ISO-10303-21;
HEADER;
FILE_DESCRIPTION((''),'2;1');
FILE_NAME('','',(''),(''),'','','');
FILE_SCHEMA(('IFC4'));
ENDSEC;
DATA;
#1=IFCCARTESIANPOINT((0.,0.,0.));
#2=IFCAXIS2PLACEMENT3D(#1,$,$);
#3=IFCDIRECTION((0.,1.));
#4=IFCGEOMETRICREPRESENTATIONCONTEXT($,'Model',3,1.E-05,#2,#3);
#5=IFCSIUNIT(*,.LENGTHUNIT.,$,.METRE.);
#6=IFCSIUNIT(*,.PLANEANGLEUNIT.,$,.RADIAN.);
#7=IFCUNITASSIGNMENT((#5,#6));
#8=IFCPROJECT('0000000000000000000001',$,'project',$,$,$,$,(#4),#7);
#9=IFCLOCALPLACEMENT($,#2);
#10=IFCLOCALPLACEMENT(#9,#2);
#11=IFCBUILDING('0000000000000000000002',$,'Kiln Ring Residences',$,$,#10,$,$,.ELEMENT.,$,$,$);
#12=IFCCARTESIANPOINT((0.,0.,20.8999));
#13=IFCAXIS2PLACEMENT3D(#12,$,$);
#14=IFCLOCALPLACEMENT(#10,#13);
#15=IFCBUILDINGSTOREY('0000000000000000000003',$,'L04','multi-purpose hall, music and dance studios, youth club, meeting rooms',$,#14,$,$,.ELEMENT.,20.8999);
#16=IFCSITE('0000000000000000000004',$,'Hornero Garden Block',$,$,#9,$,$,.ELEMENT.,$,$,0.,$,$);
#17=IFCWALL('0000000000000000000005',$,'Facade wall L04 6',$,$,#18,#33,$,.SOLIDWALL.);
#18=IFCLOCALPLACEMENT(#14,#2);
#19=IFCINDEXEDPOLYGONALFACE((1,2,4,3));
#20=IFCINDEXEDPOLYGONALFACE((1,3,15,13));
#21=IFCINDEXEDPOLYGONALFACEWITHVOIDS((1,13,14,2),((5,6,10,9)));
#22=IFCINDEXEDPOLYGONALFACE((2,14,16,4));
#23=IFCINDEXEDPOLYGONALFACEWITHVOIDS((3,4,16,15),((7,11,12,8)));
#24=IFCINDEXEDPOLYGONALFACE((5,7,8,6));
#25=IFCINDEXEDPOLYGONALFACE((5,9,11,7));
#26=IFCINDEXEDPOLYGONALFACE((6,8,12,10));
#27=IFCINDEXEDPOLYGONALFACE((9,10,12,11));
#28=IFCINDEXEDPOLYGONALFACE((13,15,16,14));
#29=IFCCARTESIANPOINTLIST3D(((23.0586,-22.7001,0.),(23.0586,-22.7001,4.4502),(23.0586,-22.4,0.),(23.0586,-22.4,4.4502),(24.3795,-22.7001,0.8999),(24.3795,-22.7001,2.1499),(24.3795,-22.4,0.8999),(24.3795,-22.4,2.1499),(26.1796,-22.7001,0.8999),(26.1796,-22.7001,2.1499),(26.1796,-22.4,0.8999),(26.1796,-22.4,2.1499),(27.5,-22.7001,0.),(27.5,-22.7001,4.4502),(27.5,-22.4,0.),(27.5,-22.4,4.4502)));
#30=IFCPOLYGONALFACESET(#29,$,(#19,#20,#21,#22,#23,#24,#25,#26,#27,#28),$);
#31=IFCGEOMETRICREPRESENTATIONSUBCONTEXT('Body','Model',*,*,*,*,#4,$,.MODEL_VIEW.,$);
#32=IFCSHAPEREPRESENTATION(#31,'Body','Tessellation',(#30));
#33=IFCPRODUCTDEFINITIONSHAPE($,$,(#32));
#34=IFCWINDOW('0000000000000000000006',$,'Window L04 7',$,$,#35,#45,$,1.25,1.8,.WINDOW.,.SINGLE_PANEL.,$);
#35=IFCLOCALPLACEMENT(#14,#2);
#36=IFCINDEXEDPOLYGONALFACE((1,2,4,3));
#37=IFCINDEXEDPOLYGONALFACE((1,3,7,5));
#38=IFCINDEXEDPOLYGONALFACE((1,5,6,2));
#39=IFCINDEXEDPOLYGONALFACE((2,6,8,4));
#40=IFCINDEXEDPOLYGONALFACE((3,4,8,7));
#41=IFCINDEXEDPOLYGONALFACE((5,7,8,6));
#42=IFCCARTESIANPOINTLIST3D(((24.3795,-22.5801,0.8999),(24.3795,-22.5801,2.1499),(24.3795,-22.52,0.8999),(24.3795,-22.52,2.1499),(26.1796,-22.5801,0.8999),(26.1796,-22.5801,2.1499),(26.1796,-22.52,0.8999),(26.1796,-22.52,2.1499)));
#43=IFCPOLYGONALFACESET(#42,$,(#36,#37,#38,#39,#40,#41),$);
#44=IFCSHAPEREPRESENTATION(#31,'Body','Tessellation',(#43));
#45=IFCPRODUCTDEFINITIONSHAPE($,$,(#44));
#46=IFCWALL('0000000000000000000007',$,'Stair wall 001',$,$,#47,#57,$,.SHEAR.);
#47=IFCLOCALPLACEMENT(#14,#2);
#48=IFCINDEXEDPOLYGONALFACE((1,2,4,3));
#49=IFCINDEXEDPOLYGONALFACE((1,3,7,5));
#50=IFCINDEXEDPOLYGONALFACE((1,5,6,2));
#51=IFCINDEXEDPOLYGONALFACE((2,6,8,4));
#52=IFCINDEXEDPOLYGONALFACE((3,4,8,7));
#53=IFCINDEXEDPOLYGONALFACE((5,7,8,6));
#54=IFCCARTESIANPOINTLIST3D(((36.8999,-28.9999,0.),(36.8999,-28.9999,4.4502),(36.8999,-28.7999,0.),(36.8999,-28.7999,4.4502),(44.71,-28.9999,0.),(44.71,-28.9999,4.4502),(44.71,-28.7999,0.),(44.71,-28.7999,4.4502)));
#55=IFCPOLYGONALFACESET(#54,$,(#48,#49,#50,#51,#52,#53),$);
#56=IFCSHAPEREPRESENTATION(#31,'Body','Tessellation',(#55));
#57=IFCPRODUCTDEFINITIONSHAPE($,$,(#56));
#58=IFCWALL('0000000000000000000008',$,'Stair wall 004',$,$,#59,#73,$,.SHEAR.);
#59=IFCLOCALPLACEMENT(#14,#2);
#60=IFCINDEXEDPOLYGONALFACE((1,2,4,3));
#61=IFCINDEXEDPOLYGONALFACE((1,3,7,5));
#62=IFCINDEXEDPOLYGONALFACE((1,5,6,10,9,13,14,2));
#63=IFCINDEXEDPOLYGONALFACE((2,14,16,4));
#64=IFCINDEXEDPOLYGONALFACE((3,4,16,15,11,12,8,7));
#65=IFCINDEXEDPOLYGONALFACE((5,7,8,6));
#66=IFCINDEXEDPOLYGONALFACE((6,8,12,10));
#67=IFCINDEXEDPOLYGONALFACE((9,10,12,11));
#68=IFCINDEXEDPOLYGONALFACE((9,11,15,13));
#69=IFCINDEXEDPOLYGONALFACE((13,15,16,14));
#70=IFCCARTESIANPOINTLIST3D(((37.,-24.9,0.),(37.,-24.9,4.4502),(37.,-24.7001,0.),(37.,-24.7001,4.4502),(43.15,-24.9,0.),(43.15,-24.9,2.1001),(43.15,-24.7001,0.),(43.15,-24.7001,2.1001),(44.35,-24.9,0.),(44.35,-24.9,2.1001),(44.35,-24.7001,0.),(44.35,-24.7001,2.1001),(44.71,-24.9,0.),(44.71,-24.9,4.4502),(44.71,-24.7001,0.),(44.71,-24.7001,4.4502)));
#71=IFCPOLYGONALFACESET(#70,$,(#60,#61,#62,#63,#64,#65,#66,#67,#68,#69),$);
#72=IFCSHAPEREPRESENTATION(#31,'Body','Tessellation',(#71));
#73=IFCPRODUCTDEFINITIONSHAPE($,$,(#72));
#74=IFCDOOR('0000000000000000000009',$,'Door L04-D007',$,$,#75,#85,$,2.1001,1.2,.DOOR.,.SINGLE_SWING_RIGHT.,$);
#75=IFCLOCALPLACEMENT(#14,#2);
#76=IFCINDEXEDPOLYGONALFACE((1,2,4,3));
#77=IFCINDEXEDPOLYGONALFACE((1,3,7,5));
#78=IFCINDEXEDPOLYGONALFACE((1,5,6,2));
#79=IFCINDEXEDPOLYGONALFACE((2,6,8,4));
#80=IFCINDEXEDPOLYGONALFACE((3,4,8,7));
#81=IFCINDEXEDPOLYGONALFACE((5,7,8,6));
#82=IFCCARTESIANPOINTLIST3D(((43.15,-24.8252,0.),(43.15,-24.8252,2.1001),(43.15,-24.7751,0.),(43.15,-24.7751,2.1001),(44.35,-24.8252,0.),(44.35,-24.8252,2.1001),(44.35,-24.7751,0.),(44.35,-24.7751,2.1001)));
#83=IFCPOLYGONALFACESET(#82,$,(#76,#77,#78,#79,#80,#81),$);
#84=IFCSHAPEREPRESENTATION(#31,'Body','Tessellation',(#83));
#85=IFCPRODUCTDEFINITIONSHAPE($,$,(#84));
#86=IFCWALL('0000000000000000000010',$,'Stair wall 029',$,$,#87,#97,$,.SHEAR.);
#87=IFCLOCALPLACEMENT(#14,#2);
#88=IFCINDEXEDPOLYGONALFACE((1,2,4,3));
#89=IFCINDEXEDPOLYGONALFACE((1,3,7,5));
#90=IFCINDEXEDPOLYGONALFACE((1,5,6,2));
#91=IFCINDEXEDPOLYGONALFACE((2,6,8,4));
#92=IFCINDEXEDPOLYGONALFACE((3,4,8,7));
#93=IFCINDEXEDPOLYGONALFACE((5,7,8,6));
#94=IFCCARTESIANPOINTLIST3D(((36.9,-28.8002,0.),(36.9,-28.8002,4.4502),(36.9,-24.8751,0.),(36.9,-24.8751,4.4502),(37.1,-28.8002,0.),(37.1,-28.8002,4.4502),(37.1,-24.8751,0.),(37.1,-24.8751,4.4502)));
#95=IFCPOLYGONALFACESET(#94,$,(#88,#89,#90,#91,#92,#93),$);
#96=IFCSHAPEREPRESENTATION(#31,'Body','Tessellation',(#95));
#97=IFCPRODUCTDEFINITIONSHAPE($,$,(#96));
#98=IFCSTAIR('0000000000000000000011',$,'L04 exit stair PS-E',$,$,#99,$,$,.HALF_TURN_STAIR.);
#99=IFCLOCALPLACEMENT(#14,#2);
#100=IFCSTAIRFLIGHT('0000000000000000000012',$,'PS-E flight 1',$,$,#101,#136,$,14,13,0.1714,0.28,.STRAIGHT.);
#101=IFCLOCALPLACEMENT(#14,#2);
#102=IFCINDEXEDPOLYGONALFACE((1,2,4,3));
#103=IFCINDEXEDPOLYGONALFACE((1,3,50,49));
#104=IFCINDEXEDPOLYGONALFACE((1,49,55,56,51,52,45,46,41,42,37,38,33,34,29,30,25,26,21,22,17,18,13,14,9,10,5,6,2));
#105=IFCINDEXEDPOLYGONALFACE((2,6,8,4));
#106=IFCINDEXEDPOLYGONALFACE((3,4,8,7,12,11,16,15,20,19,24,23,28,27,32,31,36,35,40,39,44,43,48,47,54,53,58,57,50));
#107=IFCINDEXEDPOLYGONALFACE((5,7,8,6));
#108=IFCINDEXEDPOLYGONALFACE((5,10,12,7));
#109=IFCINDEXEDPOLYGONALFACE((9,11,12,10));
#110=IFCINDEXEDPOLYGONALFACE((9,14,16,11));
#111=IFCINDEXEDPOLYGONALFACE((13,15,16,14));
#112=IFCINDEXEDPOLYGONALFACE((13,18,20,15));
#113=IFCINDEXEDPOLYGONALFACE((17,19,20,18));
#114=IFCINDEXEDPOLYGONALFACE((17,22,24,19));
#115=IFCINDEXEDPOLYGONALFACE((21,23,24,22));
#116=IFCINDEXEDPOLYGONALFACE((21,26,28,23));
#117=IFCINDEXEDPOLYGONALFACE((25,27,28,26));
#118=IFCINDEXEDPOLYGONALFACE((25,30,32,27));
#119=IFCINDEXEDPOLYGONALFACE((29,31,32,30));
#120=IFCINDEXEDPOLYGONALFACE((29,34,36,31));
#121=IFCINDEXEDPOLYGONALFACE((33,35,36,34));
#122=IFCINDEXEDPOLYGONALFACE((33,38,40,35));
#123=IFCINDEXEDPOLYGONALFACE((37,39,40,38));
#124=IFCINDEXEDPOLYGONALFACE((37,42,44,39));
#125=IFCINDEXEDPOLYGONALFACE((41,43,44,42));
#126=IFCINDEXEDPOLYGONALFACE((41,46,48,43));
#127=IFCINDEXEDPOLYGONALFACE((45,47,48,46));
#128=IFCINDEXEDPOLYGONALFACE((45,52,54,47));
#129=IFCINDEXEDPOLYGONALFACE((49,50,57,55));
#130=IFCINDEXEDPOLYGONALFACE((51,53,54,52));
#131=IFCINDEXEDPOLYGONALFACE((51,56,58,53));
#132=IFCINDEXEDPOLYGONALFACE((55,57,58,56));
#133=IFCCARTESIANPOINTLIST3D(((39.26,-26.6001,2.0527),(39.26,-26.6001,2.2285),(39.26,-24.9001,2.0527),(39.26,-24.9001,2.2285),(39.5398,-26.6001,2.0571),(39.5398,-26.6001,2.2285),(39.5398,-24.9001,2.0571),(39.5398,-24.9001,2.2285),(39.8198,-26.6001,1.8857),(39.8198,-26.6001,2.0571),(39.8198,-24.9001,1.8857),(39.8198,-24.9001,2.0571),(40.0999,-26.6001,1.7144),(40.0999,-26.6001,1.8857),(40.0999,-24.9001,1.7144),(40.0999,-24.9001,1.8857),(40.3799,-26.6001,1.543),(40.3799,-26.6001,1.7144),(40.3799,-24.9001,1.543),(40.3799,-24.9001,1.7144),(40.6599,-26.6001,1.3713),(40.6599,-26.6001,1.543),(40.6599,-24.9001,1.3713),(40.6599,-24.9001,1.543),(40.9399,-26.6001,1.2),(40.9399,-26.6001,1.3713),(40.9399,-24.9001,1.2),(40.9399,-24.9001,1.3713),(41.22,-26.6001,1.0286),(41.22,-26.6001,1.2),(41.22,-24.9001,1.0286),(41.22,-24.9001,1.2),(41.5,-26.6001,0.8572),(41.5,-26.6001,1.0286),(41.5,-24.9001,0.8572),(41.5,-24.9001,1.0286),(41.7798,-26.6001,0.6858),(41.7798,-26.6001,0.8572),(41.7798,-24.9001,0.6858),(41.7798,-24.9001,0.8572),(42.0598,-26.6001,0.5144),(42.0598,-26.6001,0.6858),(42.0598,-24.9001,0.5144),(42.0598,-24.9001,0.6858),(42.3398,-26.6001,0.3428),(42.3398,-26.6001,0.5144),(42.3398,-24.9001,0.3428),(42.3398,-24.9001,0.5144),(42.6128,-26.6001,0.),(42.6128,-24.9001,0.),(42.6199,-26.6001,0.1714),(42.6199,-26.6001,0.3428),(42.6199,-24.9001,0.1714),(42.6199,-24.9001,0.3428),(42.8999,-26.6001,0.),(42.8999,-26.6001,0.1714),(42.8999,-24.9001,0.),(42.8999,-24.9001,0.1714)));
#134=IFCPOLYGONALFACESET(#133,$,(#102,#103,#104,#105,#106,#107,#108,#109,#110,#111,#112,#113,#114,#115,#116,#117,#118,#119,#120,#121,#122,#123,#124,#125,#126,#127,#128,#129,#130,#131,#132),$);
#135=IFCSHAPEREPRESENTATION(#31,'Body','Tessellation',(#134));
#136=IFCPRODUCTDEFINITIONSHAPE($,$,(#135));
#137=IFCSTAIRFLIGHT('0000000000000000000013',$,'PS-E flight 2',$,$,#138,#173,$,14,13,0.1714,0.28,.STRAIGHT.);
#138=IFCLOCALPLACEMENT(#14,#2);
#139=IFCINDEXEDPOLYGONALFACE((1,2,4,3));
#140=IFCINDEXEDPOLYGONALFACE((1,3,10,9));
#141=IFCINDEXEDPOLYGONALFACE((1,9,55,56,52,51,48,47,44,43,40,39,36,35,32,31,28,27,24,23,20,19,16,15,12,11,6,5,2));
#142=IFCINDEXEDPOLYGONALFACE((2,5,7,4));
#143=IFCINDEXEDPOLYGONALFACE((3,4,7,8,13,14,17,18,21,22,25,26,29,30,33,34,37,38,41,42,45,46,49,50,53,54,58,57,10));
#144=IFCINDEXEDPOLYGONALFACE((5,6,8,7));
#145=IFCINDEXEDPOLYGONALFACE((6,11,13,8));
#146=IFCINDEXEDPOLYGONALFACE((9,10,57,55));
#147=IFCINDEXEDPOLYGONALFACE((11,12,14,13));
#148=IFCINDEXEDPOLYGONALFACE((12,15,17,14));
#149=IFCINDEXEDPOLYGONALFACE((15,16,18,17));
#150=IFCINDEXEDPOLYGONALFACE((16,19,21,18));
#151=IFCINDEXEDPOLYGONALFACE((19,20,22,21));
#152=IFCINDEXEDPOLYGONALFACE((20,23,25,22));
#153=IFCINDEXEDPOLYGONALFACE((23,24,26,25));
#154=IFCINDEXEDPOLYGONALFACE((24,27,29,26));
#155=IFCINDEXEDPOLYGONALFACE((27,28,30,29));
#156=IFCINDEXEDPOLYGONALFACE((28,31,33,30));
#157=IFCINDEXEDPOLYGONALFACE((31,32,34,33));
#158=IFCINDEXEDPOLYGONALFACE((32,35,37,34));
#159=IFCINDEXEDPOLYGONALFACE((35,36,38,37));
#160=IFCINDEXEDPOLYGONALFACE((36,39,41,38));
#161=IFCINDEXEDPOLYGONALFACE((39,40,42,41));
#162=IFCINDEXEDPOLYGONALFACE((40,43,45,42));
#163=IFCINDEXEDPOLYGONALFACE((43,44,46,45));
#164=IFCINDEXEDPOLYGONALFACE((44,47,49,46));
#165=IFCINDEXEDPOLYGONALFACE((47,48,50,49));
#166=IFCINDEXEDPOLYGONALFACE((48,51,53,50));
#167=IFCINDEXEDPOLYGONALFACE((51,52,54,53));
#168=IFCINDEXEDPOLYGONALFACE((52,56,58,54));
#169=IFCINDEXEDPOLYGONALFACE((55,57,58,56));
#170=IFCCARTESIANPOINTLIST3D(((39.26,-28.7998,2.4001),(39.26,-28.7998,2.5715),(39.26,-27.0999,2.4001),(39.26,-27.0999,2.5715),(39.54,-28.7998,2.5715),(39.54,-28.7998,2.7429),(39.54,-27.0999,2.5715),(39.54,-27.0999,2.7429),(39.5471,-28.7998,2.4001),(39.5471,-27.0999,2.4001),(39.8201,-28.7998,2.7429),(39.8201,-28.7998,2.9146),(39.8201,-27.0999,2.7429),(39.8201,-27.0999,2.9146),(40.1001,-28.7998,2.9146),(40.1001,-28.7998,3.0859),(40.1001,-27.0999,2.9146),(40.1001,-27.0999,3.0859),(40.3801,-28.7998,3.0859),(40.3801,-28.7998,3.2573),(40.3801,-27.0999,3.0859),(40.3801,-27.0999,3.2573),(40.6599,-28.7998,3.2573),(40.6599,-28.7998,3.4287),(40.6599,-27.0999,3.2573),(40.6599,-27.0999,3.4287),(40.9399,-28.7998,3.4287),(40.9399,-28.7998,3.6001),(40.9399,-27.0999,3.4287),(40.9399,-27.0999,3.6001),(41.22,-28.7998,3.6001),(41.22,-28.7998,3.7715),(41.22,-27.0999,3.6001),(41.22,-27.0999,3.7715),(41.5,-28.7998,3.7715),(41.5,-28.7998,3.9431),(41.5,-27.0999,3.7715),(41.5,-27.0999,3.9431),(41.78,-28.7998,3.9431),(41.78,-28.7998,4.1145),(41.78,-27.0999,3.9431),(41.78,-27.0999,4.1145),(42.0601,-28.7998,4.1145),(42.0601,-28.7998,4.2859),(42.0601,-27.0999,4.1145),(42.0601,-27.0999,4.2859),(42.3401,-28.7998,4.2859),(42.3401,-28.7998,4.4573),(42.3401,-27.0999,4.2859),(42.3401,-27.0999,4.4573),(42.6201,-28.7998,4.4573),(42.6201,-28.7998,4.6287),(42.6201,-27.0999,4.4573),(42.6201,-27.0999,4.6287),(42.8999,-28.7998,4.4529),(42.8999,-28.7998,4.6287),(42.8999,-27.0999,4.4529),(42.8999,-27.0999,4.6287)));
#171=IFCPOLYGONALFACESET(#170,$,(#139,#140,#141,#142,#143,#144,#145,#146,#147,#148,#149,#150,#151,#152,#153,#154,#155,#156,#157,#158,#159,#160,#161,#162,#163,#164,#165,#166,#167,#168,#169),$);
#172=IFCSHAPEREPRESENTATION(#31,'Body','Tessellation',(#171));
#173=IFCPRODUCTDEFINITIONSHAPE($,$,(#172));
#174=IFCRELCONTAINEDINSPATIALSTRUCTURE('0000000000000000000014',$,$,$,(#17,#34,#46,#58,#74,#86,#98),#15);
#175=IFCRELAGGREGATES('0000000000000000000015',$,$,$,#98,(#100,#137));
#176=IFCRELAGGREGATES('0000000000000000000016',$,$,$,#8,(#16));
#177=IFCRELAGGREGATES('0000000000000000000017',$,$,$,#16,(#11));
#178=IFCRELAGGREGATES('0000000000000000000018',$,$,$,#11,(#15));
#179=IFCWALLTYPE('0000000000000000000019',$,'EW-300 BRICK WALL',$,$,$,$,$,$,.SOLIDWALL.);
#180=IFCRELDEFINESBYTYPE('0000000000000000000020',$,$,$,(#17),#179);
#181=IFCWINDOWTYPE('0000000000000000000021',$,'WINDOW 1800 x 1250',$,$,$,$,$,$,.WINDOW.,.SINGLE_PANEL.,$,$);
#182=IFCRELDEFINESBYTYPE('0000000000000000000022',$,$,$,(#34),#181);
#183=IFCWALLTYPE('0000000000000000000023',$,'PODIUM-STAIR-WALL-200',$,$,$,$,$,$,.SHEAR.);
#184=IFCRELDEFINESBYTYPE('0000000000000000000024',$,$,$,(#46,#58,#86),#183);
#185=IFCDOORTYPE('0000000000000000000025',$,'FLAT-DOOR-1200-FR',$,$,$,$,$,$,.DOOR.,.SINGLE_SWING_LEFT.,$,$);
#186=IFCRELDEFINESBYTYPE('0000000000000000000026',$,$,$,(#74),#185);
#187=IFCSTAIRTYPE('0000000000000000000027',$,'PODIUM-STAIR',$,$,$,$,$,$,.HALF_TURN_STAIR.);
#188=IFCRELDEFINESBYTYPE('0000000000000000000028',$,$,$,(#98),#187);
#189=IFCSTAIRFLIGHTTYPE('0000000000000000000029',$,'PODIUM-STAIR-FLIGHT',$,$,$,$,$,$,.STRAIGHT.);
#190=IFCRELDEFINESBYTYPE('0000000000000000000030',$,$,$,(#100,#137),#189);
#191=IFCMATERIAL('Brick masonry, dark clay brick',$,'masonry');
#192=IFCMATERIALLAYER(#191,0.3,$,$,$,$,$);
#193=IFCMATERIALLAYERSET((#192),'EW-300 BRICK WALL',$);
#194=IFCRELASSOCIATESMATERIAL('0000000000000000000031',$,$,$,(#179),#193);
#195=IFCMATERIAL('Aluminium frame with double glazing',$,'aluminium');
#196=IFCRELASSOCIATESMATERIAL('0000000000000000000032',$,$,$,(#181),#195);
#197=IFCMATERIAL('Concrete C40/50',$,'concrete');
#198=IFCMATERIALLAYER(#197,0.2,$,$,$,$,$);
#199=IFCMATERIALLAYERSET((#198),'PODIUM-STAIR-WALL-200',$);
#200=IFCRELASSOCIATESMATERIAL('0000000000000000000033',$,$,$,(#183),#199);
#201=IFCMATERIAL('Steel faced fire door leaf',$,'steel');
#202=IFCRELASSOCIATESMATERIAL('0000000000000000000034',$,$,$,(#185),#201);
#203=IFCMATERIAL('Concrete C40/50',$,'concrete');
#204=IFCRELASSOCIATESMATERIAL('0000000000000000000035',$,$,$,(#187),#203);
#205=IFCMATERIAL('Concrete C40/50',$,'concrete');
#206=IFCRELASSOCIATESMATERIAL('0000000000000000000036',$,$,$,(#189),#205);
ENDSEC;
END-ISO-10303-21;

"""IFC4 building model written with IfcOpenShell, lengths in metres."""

from ifc_helpers import new_model, si_unit, direction, frame, frame_2d, origin, place, context, subcontext, project, spatial, polyline, rectangle, outline, extrude, material, layer, layer_set, type_object, element, fill, aggregate, save


model = new_model("IFC4")

# Units and contexts
model_context = context("Model", 3, precision=1e-05, world=origin(), true_north=direction((0.0, 1.0)))
body_context = subcontext(model_context, "Body", "Model", "MODEL_VIEW")
ifc_project = project(units=[si_unit("LENGTHUNIT", "METRE"), si_unit("PLANEANGLEUNIT", "RADIAN")], contexts=[model_context])

# Site, building, storey
site_placement = place(None, origin())
site = spatial("IfcSite", under=ifc_project, at=site_placement, Name="Hornero Garden Block", CompositionType="ELEMENT", RefElevation=0.0)
building_placement = place(site_placement, origin())
building = spatial("IfcBuilding", under=site, at=building_placement, Name="Kiln Ring Residences", CompositionType="ELEMENT")
storey_placement = place(building_placement, frame((0.0, 0.0, 20.8999)))
storey = spatial("IfcBuildingStorey", under=building, at=storey_placement, Name="L04", Description="multi-purpose hall, music and dance studios, youth club, meeting rooms", CompositionType="ELEMENT", Elevation=20.8999)

# Shared definitions
ifc_material_1 = material(Name="Brick masonry, dark clay brick", Category="masonry")
ifc_layer_1 = layer(ifc_material_1, 0.3)
ifc_layer_set_1 = layer_set([ifc_layer_1], Name="EW-300 BRICK WALL")
wall_type_1 = type_object("IfcWallType", Name="EW-300 BRICK WALL", PredefinedType="SOLIDWALL", material=ifc_layer_set_1)

# Wall, opening, window
ifc_material_2 = material(Name="Aluminium frame with double glazing", Category="aluminium")
window_type_1 = type_object("IfcWindowType", Name="WINDOW 1800 x 1250", PartitioningType="SINGLE_PANEL", PredefinedType="WINDOW", material=ifc_material_2)
wall_1_placement = place(storey_placement, frame((27.5, -22.55, 0.0), z_axis=(0.0, 0.0, 1.0), x_axis=(-1.0, 0.0, 0.0)))
wall_1 = element("IfcWall", 1, at=wall_1_placement, inside=storey, type_object=wall_type_1, Name="Facade wall L04 6", PredefinedType="SOLIDWALL", context=body_context, shape_type="SweptSolid", body=[
    extrude(rectangle(XDim=4.4414, YDim=0.3, at=frame_2d((2.2207, 0.0))), origin(), (0.0, 0.0, 1.0), 4.4502),
])
opening_1_placement = place(wall_1_placement, frame((1.3206, 0.0, 0.8999)))
opening_1 = element("IfcOpeningElement", 2, at=opening_1_placement, cuts=wall_1, PredefinedType="OPENING", context=body_context, shape_type="SweptSolid", body=[
    extrude(rectangle(XDim=1.8, YDim=1.25, at=frame_2d((0.8999, 0.625))), frame((0.0, 0.1599, 0.0), z_axis=(0.0, -1.0, 0.0), x_axis=(1.0, 0.0, 0.0)), (0.0, 0.0, 1.0), 0.3201),
])
window_1_placement = place(opening_1_placement, origin())
window_1 = element("IfcWindow", 3, at=window_1_placement, inside=storey, type_object=window_type_1, Name="Window L04 7", OverallHeight=1.25, OverallWidth=1.8, PartitioningType="SINGLE_PANEL", PredefinedType="WINDOW", context=body_context, shape_type="SweptSolid", body=[
    extrude(rectangle(XDim=1.8, YDim=1.25, at=frame_2d((0.8999, 0.625))), frame((0.0, 0.03, 0.0), z_axis=(0.0, -1.0, 0.0), x_axis=(1.0, 0.0, 0.0)), (0.0, 0.0, 1.0), 0.0601),
])
fill(opening_1, window_1)

# Wall
ifc_material_3 = material(Name="Concrete C40/50", Category="concrete")
ifc_layer_2 = layer(ifc_material_3, 0.2)
ifc_layer_set_2 = layer_set([ifc_layer_2], Name="PODIUM-STAIR-WALL-200")
wall_type_2 = type_object("IfcWallType", Name="PODIUM-STAIR-WALL-200", PredefinedType="SHEAR", material=ifc_layer_set_2)
wall_2_placement = place(storey_placement, frame((36.8999, -28.8999, 0.0), z_axis=(0.0, 0.0, 1.0), x_axis=(1.0, 0.0, 0.0)))
element("IfcWall", 4, at=wall_2_placement, inside=storey, type_object=wall_type_2, Name="Stair wall 001", PredefinedType="SHEAR", context=body_context, shape_type="SweptSolid", body=[
    extrude(rectangle(XDim=7.8101, YDim=0.2, at=frame_2d((3.905, 0.0))), origin(), (0.0, 0.0, 1.0), 4.4502),
])

# Wall, opening, door
wall_3_placement = place(storey_placement, frame((37.0, -24.8, 0.0), z_axis=(0.0, 0.0, 1.0), x_axis=(1.0, 0.0, 0.0)))
wall_3 = element("IfcWall", 5, at=wall_3_placement, inside=storey, type_object=wall_type_2, Name="Stair wall 004", PredefinedType="SHEAR", context=body_context, shape_type="SweptSolid", body=[
    extrude(rectangle(XDim=7.71, YDim=0.2, at=frame_2d((3.855, 0.0))), origin(), (0.0, 0.0, 1.0), 4.4502),
])
opening_2_placement = place(wall_3_placement, frame((6.1499, 0.0, 0.0)))
opening_2 = element("IfcOpeningElement", 6, at=opening_2_placement, cuts=wall_3, PredefinedType="OPENING", context=body_context, shape_type="SweptSolid", body=[
    extrude(rectangle(XDim=1.2, YDim=2.1001, at=frame_2d((0.6001, 1.05))), frame((0.0, 0.1099, 0.0), z_axis=(0.0, -1.0, 0.0), x_axis=(1.0, 0.0, 0.0)), (0.0, 0.0, 1.0), 0.22),
])
ifc_material_4 = material(Name="Steel faced fire door leaf", Category="steel")
door_type = type_object("IfcDoorType", Name="FLAT-DOOR-1200-FR", OperationType="SINGLE_SWING_LEFT", PredefinedType="DOOR", material=ifc_material_4)
door_placement = place(opening_2_placement, origin())
door = element("IfcDoor", 7, at=door_placement, inside=storey, type_object=door_type, Name="Door L04-D007", OperationType="SINGLE_SWING_RIGHT", OverallHeight=2.1001, OverallWidth=1.2, PredefinedType="DOOR", context=body_context, shape_type="SweptSolid", body=[
    extrude(rectangle(XDim=1.2, YDim=2.1001, at=frame_2d((0.6001, 1.05))), frame((0.0, 0.0249, 0.0), z_axis=(0.0, -1.0, 0.0), x_axis=(1.0, 0.0, 0.0)), (0.0, 0.0, 1.0), 0.05),
])
fill(opening_2, door)

# Wall
wall_4_placement = place(storey_placement, frame((37.0, -28.8, 0.0), z_axis=(0.0, 0.0, 1.0), x_axis=(0.0, 1.0, 0.0)))
element("IfcWall", 8, at=wall_4_placement, inside=storey, type_object=wall_type_2, Name="Stair wall 029", PredefinedType="SHEAR", context=body_context, shape_type="SweptSolid", body=[
    extrude(rectangle(XDim=3.925, YDim=0.2, at=frame_2d((1.9624, 0.0))), origin(), (0.0, 0.0, 1.0), 4.4502),
])

# Stair, stair flights
ifc_material_5 = material(Name="Concrete C40/50", Category="concrete")
stair_type = type_object("IfcStairType", Name="PODIUM-STAIR", PredefinedType="HALF_TURN_STAIR", material=ifc_material_5)
stair_placement = place(storey_placement, origin())
stair = element("IfcStair", 9, at=stair_placement, inside=storey, type_object=stair_type, Name="L04 exit stair PS-E", PredefinedType="HALF_TURN_STAIR")
ifc_material_6 = material(Name="Concrete C40/50", Category="concrete")
stair_flight_type = type_object("IfcStairFlightType", Name="PODIUM-STAIR-FLIGHT", PredefinedType="STRAIGHT", material=ifc_material_6)
stair_flight_1_placement = place(storey_placement, frame((42.8999, -25.75, 0.0), z_axis=(0.0, 0.0, 1.0), x_axis=(-1.0, 0.0, 0.0)))
stair_flight_1 = element("IfcStairFlight", 10, at=stair_flight_1_placement, type_object=stair_flight_type, Name="PS-E flight 1", NumberOfRisers=14, NumberOfTreads=13, PredefinedType="STRAIGHT", RiserHeight=0.1714, TreadLength=0.28, context=body_context, shape_type="SweptSolid", body=[
    extrude(outline(polyline([(0.0, 0.0), (0.0, 0.1714), (0.28, 0.1714), (0.28, 0.3428), (0.5601, 0.3428), (0.5601, 0.5144), (0.8401, 0.5144), (0.8401, 0.6858), (1.1201, 0.6858), (1.1201, 0.8572), (1.3999, 0.8572), (1.3999, 1.0286), (1.6799, 1.0286), (1.6799, 1.2), (1.96, 1.2), (1.96, 1.3713), (2.24, 1.3713), (2.24, 1.543), (2.52, 1.543), (2.52, 1.7144), (2.8, 1.7144), (2.8, 1.8857), (3.0801, 1.8857), (3.0801, 2.0571), (3.3601, 2.0571), (3.3601, 2.2285), (3.6399, 2.2285), (3.6399, 2.3999), (3.6399, 2.0527), (0.2871, 0.0), (0.0, 0.0)])), frame((0.0, 0.8501, 0.0), z_axis=(0.0, -1.0, 0.0), x_axis=(1.0, 0.0, 0.0)), (0.0, 0.0, 1.0), 1.7),
])
stair_flight_2_placement = place(storey_placement, frame((39.26, -27.95, 2.4001), z_axis=(0.0, 0.0, 1.0), x_axis=(1.0, 0.0, 0.0)))
stair_flight_2 = element("IfcStairFlight", 11, at=stair_flight_2_placement, type_object=stair_flight_type, Name="PS-E flight 2", NumberOfRisers=14, NumberOfTreads=13, PredefinedType="STRAIGHT", RiserHeight=0.1714, TreadLength=0.28, context=body_context, shape_type="SweptSolid", body=[
    extrude(outline(polyline([(0.0, 0.0), (0.0, 0.1714), (0.28, 0.1714), (0.28, 0.3428), (0.5601, 0.3428), (0.5601, 0.5144), (0.8401, 0.5144), (0.8401, 0.6858), (1.1201, 0.6858), (1.1201, 0.8572), (1.3999, 0.8572), (1.3999, 1.0286), (1.6799, 1.0286), (1.6799, 1.2), (1.96, 1.2), (1.96, 1.3713), (2.24, 1.3713), (2.24, 1.543), (2.52, 1.543), (2.52, 1.7144), (2.8, 1.7144), (2.8, 1.8857), (3.0801, 1.8857), (3.0801, 2.0571), (3.3601, 2.0571), (3.3601, 2.2285), (3.6399, 2.2285), (3.6399, 2.3999), (3.6399, 2.0527), (0.2871, 0.0), (0.0, 0.0)])), frame((0.0, 0.8501, 0.0), z_axis=(0.0, -1.0, 0.0), x_axis=(1.0, 0.0, 0.0)), (0.0, 0.0, 1.0), 1.7),
])
aggregate(stair, [stair_flight_1, stair_flight_2])

save(model, "model.ifc")
